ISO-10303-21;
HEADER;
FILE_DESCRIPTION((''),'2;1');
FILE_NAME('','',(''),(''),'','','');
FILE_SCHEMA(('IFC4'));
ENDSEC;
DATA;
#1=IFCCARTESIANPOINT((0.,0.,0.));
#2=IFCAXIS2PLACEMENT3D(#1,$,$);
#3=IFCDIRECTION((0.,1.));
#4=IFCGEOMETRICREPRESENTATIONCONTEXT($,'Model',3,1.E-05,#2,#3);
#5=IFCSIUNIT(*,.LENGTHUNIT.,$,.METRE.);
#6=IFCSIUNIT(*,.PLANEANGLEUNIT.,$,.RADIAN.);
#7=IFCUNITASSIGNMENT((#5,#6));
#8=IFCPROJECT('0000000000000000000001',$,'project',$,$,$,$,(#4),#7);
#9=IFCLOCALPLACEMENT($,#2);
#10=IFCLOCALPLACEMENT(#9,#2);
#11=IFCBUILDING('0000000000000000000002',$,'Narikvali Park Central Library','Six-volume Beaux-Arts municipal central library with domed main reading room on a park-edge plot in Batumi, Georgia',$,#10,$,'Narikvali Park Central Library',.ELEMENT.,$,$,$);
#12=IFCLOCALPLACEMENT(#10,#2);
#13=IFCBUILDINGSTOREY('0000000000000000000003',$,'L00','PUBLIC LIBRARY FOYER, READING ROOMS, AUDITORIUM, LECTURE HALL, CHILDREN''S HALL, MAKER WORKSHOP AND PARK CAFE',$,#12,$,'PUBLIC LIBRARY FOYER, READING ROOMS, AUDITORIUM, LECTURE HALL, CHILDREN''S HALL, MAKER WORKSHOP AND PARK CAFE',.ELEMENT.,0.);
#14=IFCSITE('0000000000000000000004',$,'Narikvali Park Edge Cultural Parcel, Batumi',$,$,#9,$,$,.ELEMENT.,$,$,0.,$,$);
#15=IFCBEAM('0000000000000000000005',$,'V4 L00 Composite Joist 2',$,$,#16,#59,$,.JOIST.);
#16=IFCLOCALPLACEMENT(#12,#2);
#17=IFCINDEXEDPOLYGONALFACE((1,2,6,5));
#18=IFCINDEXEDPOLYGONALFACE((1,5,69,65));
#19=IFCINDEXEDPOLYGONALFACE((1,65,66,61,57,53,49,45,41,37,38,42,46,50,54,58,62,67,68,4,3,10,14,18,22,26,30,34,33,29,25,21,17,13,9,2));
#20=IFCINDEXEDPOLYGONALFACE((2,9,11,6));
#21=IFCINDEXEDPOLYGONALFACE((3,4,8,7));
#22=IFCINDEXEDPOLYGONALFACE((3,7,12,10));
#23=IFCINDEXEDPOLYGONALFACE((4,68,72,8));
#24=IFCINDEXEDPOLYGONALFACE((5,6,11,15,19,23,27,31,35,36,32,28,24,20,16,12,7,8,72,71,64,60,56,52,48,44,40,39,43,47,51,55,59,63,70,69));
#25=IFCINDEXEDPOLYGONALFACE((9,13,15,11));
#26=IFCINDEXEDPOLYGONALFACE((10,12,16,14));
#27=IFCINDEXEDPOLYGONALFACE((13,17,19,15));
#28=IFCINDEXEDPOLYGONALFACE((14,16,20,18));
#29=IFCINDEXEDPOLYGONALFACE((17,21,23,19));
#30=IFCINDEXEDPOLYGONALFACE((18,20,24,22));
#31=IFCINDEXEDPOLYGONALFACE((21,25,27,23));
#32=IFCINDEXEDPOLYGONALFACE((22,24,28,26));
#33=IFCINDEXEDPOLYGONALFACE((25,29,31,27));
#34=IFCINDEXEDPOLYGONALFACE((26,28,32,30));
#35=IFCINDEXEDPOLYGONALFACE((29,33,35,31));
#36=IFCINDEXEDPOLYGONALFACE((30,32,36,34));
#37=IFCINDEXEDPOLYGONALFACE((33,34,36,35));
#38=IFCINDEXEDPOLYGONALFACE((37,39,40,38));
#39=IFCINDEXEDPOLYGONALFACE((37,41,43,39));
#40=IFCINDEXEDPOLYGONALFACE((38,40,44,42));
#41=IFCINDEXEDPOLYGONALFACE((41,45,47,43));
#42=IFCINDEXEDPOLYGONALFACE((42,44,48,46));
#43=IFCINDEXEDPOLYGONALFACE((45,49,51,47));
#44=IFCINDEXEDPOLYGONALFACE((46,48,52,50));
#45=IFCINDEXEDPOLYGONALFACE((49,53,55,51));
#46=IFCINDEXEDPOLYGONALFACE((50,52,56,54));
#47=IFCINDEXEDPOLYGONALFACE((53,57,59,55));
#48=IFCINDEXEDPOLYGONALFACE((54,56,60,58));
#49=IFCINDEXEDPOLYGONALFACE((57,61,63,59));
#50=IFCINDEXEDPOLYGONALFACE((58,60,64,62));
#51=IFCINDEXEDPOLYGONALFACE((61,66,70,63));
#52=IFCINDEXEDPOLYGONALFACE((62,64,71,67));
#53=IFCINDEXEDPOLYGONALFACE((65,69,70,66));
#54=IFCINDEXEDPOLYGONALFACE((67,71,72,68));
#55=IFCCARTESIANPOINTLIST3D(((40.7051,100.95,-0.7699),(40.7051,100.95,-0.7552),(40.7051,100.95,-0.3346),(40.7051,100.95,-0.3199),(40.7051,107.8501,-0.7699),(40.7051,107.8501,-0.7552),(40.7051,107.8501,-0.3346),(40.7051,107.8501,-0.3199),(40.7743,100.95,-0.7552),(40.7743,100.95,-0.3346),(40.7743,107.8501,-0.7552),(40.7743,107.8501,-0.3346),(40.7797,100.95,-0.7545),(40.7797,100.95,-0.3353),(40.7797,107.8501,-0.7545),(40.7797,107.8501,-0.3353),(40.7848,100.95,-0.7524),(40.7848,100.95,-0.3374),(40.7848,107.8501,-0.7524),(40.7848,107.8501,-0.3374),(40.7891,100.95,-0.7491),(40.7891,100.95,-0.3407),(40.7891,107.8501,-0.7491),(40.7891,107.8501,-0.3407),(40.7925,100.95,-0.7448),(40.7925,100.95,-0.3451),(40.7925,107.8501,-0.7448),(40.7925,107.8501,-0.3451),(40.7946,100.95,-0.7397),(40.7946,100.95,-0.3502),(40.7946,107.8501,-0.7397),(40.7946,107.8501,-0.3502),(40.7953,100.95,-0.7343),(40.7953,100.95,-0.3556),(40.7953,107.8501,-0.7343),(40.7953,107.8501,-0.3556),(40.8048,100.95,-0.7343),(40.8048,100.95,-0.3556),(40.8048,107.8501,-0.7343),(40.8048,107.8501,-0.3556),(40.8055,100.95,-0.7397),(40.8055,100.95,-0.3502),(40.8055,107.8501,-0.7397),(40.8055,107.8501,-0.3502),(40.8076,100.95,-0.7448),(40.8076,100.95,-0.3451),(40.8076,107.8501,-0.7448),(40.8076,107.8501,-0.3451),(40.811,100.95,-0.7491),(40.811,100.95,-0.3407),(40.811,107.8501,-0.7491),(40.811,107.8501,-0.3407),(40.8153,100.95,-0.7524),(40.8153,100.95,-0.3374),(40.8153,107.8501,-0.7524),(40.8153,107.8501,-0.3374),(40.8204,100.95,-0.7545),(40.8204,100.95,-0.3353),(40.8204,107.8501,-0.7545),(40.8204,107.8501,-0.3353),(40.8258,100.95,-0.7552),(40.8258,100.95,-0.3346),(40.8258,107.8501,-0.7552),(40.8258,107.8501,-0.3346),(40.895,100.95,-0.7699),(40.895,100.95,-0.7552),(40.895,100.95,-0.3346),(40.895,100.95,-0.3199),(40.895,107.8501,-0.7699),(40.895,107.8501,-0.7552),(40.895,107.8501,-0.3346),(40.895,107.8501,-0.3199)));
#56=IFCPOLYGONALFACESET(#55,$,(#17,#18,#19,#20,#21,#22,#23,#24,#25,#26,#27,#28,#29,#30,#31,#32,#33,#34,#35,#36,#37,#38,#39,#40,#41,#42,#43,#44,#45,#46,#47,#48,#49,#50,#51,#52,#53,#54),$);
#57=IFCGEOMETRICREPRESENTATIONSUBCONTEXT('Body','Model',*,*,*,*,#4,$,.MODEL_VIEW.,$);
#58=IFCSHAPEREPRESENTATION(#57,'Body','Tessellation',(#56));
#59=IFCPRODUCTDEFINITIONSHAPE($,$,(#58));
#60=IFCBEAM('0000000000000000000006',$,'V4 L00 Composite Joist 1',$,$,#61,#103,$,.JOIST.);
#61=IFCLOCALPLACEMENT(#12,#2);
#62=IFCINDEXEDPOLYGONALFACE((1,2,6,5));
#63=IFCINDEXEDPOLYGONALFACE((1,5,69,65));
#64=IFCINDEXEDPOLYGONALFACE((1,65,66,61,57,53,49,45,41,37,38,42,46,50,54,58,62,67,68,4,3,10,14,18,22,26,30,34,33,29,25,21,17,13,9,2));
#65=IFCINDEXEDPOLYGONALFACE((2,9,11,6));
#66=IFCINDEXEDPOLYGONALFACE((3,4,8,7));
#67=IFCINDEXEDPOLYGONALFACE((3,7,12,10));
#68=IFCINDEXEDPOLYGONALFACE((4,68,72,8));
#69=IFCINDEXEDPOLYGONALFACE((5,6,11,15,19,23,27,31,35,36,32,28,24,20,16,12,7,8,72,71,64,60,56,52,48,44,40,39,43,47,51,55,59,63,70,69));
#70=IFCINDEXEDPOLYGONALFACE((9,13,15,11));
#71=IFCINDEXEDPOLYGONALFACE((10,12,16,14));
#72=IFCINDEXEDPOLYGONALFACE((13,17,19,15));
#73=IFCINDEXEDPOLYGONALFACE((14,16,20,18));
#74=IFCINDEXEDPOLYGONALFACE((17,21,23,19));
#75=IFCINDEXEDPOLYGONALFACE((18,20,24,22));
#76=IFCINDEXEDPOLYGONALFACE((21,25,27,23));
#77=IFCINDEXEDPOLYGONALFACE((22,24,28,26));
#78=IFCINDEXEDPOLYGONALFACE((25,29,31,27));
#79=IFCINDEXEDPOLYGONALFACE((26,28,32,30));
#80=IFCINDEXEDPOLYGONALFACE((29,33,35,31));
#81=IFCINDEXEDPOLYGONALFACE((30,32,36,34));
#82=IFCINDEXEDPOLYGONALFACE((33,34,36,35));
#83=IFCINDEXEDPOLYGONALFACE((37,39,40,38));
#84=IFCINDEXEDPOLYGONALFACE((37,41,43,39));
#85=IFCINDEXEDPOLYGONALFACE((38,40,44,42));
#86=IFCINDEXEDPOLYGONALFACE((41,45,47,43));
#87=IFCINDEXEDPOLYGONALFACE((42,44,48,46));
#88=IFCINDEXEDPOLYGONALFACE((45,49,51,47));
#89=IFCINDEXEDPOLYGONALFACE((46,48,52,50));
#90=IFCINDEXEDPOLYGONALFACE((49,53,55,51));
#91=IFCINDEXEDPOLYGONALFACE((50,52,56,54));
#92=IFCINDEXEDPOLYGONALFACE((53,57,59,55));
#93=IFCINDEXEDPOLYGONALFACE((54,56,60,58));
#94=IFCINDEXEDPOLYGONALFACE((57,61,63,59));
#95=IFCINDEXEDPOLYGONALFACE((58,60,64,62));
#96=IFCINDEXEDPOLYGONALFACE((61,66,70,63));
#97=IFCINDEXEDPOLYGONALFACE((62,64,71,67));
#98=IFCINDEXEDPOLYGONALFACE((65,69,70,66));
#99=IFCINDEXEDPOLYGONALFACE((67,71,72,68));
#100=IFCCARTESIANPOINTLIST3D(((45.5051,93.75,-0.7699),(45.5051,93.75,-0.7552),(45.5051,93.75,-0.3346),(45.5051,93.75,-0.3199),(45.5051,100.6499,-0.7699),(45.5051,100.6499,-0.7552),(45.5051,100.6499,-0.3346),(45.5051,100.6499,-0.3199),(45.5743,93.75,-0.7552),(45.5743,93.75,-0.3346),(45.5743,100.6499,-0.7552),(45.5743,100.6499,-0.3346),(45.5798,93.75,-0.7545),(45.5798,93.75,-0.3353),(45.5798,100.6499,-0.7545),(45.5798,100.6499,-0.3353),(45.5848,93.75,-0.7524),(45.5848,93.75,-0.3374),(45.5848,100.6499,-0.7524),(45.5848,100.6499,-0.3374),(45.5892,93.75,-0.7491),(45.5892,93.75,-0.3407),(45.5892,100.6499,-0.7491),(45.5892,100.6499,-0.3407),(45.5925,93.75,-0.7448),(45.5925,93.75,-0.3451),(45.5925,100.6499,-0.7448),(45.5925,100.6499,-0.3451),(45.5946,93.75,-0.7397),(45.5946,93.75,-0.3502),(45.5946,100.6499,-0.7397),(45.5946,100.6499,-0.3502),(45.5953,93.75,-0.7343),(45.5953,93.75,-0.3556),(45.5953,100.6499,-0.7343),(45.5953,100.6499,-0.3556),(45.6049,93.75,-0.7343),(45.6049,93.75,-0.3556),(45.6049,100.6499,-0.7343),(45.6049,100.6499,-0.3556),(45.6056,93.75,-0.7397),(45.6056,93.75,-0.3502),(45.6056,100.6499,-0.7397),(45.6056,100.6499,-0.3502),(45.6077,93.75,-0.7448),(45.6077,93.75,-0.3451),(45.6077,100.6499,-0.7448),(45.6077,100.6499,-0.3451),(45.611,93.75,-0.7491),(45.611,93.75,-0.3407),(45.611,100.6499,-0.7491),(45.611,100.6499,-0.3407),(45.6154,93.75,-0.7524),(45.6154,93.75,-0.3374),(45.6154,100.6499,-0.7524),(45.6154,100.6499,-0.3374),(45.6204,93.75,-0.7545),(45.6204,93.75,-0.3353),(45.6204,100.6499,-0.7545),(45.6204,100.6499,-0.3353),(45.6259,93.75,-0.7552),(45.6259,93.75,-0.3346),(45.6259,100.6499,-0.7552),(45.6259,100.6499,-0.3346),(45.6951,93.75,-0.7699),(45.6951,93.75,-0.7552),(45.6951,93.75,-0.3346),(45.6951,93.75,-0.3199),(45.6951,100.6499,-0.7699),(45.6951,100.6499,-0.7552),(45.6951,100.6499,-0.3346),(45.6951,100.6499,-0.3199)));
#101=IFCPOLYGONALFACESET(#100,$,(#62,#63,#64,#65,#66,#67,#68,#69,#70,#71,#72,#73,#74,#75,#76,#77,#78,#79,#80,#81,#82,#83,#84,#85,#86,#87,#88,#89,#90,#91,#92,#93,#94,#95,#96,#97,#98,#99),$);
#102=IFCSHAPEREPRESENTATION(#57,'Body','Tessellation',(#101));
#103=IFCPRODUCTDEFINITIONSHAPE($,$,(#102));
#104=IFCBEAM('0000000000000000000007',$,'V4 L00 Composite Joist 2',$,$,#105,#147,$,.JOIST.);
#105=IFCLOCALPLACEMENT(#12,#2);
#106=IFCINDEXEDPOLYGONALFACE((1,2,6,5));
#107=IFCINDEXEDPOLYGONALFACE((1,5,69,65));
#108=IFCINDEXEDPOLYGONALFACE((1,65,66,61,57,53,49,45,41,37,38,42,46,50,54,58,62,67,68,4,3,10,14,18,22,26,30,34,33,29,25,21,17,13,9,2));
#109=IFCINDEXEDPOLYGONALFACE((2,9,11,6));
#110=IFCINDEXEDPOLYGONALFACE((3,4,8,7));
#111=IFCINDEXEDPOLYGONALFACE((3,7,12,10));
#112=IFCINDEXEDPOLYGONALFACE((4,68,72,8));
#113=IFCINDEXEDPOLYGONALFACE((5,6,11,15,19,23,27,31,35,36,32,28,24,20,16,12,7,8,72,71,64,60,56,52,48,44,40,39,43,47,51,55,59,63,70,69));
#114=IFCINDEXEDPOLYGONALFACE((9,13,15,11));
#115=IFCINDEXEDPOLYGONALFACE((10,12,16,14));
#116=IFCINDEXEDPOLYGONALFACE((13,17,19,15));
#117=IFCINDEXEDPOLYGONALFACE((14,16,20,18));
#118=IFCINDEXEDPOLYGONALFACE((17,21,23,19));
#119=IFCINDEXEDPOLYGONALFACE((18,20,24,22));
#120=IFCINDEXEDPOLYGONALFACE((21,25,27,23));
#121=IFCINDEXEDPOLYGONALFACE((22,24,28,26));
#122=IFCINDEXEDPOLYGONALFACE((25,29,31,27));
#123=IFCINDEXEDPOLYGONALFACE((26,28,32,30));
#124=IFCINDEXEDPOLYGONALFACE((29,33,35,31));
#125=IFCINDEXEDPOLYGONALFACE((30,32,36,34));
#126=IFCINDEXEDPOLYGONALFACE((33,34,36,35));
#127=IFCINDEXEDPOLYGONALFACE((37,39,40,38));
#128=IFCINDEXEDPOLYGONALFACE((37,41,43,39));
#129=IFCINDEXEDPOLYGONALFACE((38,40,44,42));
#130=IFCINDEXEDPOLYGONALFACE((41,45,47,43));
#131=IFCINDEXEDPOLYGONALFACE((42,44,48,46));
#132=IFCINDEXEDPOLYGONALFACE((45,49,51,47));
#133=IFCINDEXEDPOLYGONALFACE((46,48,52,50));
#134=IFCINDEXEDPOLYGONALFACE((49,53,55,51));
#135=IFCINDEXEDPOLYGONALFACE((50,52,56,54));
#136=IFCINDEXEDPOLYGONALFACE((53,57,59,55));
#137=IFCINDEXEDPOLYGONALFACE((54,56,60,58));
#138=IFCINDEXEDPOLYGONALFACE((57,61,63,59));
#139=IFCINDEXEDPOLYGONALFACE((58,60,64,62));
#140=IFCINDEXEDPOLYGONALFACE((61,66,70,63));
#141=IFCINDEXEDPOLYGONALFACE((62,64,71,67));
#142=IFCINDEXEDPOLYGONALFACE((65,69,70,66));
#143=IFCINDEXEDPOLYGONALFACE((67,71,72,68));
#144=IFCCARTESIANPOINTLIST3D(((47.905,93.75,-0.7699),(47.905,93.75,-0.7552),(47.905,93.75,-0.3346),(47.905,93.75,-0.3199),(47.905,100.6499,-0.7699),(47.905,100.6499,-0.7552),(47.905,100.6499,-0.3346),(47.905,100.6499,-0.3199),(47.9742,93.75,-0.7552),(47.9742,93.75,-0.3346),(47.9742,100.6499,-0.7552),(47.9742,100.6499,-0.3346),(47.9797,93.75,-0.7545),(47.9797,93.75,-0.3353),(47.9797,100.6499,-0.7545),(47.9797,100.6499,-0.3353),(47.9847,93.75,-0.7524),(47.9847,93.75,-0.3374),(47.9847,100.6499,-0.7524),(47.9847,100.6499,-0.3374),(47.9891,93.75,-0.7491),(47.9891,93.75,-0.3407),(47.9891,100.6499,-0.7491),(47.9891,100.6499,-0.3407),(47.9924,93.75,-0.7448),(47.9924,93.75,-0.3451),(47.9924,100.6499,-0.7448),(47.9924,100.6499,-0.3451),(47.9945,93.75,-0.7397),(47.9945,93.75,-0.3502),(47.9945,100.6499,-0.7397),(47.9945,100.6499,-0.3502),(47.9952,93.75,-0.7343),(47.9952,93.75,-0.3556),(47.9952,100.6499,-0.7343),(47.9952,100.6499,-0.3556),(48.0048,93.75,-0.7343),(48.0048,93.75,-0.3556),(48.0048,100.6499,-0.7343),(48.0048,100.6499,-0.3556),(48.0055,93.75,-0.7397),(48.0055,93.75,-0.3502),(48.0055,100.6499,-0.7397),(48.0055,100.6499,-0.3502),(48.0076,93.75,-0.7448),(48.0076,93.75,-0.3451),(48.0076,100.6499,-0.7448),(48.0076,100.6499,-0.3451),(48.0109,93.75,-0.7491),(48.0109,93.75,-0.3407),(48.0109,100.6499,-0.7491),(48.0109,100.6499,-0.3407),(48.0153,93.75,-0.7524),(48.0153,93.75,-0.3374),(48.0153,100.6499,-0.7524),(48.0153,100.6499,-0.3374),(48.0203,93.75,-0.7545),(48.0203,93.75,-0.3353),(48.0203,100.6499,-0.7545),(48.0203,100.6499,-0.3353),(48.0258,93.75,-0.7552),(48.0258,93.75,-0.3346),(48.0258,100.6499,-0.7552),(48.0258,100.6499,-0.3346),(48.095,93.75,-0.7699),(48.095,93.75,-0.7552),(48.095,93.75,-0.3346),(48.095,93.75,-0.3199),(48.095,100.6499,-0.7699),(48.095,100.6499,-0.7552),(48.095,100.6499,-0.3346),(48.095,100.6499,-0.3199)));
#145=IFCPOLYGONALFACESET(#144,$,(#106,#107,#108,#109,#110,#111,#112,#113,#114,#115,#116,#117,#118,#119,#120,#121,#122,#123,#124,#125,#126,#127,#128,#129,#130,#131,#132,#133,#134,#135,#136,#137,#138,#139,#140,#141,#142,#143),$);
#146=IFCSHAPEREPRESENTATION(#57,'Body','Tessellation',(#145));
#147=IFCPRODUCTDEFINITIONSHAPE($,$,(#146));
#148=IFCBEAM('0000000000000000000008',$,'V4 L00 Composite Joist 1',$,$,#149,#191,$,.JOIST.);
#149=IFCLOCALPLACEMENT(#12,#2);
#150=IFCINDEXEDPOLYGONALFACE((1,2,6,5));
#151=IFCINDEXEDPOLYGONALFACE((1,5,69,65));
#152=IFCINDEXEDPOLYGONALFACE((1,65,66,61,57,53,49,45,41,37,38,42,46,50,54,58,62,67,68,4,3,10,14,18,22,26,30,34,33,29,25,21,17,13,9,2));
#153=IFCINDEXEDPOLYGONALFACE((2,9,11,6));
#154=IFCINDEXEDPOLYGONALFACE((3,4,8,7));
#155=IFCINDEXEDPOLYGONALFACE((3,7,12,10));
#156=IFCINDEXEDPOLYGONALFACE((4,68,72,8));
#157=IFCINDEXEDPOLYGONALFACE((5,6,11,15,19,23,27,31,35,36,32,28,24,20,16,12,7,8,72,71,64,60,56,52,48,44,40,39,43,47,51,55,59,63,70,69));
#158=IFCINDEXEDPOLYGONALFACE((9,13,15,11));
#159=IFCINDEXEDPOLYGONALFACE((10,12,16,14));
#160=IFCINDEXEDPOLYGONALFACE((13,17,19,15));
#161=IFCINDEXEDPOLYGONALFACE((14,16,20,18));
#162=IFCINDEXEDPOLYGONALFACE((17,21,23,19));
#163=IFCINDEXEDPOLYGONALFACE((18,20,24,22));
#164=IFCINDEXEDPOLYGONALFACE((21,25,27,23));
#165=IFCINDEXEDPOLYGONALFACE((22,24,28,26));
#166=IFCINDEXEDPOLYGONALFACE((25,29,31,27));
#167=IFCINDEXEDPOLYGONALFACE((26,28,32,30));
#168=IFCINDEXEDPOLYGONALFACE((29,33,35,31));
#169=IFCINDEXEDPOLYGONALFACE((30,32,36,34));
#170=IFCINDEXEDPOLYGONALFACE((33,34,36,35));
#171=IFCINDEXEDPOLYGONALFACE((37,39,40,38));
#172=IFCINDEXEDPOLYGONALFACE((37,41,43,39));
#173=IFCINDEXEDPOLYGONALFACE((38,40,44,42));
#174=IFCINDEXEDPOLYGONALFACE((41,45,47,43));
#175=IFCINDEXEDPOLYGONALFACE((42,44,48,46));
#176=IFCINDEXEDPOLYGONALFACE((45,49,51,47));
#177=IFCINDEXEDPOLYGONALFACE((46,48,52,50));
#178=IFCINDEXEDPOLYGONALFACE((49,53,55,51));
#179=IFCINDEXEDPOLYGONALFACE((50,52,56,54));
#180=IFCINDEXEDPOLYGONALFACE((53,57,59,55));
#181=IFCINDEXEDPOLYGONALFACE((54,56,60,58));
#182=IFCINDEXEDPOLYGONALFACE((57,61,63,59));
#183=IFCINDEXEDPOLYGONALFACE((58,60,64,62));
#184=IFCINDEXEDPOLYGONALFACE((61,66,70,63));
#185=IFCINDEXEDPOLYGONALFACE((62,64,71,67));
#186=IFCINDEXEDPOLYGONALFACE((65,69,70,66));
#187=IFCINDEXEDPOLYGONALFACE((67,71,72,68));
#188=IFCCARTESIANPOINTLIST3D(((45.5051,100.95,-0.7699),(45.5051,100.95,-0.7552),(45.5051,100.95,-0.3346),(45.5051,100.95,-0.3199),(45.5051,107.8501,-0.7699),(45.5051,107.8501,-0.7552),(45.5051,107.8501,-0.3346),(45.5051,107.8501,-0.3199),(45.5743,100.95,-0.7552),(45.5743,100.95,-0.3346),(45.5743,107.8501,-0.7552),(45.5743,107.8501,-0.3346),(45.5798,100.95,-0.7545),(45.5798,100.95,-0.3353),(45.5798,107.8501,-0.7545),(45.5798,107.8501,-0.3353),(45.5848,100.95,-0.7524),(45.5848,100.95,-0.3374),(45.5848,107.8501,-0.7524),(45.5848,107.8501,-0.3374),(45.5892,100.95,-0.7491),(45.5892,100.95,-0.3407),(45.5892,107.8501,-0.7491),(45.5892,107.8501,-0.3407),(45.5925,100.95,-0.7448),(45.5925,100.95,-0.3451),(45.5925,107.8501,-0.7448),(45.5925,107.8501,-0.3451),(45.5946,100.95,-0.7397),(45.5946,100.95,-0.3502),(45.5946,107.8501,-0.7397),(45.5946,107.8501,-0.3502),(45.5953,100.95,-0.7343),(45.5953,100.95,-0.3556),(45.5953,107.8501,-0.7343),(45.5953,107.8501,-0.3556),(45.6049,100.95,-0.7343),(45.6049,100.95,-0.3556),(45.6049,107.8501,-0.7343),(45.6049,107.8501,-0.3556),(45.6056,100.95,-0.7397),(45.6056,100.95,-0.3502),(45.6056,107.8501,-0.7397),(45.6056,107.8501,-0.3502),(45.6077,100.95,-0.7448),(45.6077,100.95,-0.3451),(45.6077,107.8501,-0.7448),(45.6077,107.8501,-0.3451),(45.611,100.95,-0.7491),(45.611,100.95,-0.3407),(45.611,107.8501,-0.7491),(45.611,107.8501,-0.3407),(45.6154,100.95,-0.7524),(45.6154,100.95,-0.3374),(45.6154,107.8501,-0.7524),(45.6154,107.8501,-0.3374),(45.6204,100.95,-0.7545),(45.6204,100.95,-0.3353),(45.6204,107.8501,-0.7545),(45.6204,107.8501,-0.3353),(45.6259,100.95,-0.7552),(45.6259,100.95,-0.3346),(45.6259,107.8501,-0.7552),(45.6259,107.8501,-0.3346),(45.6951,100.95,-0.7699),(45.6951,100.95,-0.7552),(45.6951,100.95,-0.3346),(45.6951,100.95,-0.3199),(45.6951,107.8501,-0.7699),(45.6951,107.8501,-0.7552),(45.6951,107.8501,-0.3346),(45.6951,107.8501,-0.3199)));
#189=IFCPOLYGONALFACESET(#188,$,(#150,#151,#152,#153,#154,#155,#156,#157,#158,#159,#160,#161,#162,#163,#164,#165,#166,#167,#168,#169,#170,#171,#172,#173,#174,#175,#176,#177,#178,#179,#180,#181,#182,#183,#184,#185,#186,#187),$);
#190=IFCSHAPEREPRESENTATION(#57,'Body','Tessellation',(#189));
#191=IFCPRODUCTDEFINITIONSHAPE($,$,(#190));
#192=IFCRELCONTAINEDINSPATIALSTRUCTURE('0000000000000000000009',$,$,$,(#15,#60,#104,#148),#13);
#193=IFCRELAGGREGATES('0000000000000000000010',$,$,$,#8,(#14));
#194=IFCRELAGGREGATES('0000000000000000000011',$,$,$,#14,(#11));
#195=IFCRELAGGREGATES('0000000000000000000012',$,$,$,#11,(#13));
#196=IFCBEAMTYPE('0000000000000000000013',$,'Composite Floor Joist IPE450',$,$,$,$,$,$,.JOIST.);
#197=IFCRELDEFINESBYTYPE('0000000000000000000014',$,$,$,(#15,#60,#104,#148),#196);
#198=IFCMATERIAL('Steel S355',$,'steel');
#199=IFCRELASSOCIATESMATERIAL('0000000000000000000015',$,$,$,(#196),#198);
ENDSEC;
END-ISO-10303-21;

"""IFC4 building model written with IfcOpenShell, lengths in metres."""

from ifc_helpers import new_model, si_unit, direction, frame, origin, origin_2d, place, context, subcontext, project, spatial, i_section, extrude, material, material_profile, profile_set, type_object, element, save


model = new_model("IFC4")

# Units and contexts
model_context = context("Model", 3, precision=1e-05, world=origin(), true_north=direction((0.0, 1.0)))
body_context = subcontext(model_context, "Body", "Model", "MODEL_VIEW")
ifc_project = project(units=[si_unit("LENGTHUNIT", "METRE"), si_unit("PLANEANGLEUNIT", "RADIAN")], contexts=[model_context])

# Site, building, storey
site_placement = place(None, origin())
site = spatial("IfcSite", under=ifc_project, at=site_placement, Name="Narikvali Park Edge Cultural Parcel, Batumi", CompositionType="ELEMENT", RefElevation=0.0)
building_placement = place(site_placement, origin())
building = spatial("IfcBuilding", under=site, at=building_placement, Name="Narikvali Park Central Library", Description="Six-volume Beaux-Arts municipal central library with domed main reading room on a park-edge plot in Batumi, Georgia", LongName="Narikvali Park Central Library", CompositionType="ELEMENT")
storey_placement = place(building_placement, origin())
storey = spatial("IfcBuildingStorey", under=building, at=storey_placement, Name="L00", Description="PUBLIC LIBRARY FOYER, READING ROOMS, AUDITORIUM, LECTURE HALL, CHILDREN'S HALL, MAKER WORKSHOP AND PARK CAFE", LongName="PUBLIC LIBRARY FOYER, READING ROOMS, AUDITORIUM, LECTURE HALL, CHILDREN'S HALL, MAKER WORKSHOP AND PARK CAFE", CompositionType="ELEMENT", Elevation=0.0)

# Shared definitions
ifc_material = material(Name="Steel S355", Category="steel")

# Beams
ifc_material_profile_1 = material_profile(ifc_material, i_section(OverallWidth=0.1899, OverallDepth=0.45, WebThickness=0.0095, FlangeThickness=0.0146, FilletRadius=0.021, at=origin_2d()), Name="IPE 450")
ifc_profile_set_1 = profile_set([ifc_material_profile_1], Name="Steel S355")
beam_type_1 = type_object("IfcBeamType", Name="Composite Floor Joist IPE450", PredefinedType="JOIST", material=ifc_profile_set_1)
for number, where, z_axis, x_axis, name in (
    (1, (40.8, 100.95, -0.5449), (0.0, 1.0, 0.0), (-1.0, 0.0, 0.0), "V4 L00 Composite Joist 2"),
):
    element("IfcBeam", number, at=place(storey_placement, frame(where, z_axis=z_axis, x_axis=x_axis)), inside=storey, type_object=beam_type_1, Name=name, PredefinedType="JOIST", context=body_context, shape_type="SweptSolid", body=[
        extrude(i_section(OverallWidth=0.1899, OverallDepth=0.45, WebThickness=0.0095, FlangeThickness=0.0146, FilletRadius=0.021, at=origin_2d()), origin(), (0.0, 0.0, 1.0), 6.9001),
    ])
for number, where, z_axis, x_axis, name in (
    (2, (45.6001, 93.75, -0.5449), (0.0, 1.0, 0.0), (-1.0, 0.0, 0.0), "V4 L00 Composite Joist 1"),
    (3, (48.0, 93.75, -0.5449), (0.0, 1.0, 0.0), (-1.0, 0.0, 0.0), "V4 L00 Composite Joist 2"),
):
    element("IfcBeam", number, at=place(storey_placement, frame(where, z_axis=z_axis, x_axis=x_axis)), inside=storey, type_object=beam_type_1, Name=name, PredefinedType="JOIST", context=body_context, shape_type="SweptSolid", body=[
        extrude(i_section(OverallWidth=0.1899, OverallDepth=0.45, WebThickness=0.0095, FlangeThickness=0.0146, FilletRadius=0.021, at=origin_2d()), origin(), (0.0, 0.0, 1.0), 6.8999),
    ])
for number, where, z_axis, x_axis, name in (
    (4, (45.6001, 100.95, -0.5449), (0.0, 1.0, 0.0), (-1.0, 0.0, 0.0), "V4 L00 Composite Joist 1"),
):
    element("IfcBeam", number, at=place(storey_placement, frame(where, z_axis=z_axis, x_axis=x_axis)), inside=storey, type_object=beam_type_1, Name=name, PredefinedType="JOIST", context=body_context, shape_type="SweptSolid", body=[
        extrude(i_section(OverallWidth=0.1899, OverallDepth=0.45, WebThickness=0.0095, FlangeThickness=0.0146, FilletRadius=0.021, at=origin_2d()), origin(), (0.0, 0.0, 1.0), 6.9001),
    ])

save(model, "model.ifc")
